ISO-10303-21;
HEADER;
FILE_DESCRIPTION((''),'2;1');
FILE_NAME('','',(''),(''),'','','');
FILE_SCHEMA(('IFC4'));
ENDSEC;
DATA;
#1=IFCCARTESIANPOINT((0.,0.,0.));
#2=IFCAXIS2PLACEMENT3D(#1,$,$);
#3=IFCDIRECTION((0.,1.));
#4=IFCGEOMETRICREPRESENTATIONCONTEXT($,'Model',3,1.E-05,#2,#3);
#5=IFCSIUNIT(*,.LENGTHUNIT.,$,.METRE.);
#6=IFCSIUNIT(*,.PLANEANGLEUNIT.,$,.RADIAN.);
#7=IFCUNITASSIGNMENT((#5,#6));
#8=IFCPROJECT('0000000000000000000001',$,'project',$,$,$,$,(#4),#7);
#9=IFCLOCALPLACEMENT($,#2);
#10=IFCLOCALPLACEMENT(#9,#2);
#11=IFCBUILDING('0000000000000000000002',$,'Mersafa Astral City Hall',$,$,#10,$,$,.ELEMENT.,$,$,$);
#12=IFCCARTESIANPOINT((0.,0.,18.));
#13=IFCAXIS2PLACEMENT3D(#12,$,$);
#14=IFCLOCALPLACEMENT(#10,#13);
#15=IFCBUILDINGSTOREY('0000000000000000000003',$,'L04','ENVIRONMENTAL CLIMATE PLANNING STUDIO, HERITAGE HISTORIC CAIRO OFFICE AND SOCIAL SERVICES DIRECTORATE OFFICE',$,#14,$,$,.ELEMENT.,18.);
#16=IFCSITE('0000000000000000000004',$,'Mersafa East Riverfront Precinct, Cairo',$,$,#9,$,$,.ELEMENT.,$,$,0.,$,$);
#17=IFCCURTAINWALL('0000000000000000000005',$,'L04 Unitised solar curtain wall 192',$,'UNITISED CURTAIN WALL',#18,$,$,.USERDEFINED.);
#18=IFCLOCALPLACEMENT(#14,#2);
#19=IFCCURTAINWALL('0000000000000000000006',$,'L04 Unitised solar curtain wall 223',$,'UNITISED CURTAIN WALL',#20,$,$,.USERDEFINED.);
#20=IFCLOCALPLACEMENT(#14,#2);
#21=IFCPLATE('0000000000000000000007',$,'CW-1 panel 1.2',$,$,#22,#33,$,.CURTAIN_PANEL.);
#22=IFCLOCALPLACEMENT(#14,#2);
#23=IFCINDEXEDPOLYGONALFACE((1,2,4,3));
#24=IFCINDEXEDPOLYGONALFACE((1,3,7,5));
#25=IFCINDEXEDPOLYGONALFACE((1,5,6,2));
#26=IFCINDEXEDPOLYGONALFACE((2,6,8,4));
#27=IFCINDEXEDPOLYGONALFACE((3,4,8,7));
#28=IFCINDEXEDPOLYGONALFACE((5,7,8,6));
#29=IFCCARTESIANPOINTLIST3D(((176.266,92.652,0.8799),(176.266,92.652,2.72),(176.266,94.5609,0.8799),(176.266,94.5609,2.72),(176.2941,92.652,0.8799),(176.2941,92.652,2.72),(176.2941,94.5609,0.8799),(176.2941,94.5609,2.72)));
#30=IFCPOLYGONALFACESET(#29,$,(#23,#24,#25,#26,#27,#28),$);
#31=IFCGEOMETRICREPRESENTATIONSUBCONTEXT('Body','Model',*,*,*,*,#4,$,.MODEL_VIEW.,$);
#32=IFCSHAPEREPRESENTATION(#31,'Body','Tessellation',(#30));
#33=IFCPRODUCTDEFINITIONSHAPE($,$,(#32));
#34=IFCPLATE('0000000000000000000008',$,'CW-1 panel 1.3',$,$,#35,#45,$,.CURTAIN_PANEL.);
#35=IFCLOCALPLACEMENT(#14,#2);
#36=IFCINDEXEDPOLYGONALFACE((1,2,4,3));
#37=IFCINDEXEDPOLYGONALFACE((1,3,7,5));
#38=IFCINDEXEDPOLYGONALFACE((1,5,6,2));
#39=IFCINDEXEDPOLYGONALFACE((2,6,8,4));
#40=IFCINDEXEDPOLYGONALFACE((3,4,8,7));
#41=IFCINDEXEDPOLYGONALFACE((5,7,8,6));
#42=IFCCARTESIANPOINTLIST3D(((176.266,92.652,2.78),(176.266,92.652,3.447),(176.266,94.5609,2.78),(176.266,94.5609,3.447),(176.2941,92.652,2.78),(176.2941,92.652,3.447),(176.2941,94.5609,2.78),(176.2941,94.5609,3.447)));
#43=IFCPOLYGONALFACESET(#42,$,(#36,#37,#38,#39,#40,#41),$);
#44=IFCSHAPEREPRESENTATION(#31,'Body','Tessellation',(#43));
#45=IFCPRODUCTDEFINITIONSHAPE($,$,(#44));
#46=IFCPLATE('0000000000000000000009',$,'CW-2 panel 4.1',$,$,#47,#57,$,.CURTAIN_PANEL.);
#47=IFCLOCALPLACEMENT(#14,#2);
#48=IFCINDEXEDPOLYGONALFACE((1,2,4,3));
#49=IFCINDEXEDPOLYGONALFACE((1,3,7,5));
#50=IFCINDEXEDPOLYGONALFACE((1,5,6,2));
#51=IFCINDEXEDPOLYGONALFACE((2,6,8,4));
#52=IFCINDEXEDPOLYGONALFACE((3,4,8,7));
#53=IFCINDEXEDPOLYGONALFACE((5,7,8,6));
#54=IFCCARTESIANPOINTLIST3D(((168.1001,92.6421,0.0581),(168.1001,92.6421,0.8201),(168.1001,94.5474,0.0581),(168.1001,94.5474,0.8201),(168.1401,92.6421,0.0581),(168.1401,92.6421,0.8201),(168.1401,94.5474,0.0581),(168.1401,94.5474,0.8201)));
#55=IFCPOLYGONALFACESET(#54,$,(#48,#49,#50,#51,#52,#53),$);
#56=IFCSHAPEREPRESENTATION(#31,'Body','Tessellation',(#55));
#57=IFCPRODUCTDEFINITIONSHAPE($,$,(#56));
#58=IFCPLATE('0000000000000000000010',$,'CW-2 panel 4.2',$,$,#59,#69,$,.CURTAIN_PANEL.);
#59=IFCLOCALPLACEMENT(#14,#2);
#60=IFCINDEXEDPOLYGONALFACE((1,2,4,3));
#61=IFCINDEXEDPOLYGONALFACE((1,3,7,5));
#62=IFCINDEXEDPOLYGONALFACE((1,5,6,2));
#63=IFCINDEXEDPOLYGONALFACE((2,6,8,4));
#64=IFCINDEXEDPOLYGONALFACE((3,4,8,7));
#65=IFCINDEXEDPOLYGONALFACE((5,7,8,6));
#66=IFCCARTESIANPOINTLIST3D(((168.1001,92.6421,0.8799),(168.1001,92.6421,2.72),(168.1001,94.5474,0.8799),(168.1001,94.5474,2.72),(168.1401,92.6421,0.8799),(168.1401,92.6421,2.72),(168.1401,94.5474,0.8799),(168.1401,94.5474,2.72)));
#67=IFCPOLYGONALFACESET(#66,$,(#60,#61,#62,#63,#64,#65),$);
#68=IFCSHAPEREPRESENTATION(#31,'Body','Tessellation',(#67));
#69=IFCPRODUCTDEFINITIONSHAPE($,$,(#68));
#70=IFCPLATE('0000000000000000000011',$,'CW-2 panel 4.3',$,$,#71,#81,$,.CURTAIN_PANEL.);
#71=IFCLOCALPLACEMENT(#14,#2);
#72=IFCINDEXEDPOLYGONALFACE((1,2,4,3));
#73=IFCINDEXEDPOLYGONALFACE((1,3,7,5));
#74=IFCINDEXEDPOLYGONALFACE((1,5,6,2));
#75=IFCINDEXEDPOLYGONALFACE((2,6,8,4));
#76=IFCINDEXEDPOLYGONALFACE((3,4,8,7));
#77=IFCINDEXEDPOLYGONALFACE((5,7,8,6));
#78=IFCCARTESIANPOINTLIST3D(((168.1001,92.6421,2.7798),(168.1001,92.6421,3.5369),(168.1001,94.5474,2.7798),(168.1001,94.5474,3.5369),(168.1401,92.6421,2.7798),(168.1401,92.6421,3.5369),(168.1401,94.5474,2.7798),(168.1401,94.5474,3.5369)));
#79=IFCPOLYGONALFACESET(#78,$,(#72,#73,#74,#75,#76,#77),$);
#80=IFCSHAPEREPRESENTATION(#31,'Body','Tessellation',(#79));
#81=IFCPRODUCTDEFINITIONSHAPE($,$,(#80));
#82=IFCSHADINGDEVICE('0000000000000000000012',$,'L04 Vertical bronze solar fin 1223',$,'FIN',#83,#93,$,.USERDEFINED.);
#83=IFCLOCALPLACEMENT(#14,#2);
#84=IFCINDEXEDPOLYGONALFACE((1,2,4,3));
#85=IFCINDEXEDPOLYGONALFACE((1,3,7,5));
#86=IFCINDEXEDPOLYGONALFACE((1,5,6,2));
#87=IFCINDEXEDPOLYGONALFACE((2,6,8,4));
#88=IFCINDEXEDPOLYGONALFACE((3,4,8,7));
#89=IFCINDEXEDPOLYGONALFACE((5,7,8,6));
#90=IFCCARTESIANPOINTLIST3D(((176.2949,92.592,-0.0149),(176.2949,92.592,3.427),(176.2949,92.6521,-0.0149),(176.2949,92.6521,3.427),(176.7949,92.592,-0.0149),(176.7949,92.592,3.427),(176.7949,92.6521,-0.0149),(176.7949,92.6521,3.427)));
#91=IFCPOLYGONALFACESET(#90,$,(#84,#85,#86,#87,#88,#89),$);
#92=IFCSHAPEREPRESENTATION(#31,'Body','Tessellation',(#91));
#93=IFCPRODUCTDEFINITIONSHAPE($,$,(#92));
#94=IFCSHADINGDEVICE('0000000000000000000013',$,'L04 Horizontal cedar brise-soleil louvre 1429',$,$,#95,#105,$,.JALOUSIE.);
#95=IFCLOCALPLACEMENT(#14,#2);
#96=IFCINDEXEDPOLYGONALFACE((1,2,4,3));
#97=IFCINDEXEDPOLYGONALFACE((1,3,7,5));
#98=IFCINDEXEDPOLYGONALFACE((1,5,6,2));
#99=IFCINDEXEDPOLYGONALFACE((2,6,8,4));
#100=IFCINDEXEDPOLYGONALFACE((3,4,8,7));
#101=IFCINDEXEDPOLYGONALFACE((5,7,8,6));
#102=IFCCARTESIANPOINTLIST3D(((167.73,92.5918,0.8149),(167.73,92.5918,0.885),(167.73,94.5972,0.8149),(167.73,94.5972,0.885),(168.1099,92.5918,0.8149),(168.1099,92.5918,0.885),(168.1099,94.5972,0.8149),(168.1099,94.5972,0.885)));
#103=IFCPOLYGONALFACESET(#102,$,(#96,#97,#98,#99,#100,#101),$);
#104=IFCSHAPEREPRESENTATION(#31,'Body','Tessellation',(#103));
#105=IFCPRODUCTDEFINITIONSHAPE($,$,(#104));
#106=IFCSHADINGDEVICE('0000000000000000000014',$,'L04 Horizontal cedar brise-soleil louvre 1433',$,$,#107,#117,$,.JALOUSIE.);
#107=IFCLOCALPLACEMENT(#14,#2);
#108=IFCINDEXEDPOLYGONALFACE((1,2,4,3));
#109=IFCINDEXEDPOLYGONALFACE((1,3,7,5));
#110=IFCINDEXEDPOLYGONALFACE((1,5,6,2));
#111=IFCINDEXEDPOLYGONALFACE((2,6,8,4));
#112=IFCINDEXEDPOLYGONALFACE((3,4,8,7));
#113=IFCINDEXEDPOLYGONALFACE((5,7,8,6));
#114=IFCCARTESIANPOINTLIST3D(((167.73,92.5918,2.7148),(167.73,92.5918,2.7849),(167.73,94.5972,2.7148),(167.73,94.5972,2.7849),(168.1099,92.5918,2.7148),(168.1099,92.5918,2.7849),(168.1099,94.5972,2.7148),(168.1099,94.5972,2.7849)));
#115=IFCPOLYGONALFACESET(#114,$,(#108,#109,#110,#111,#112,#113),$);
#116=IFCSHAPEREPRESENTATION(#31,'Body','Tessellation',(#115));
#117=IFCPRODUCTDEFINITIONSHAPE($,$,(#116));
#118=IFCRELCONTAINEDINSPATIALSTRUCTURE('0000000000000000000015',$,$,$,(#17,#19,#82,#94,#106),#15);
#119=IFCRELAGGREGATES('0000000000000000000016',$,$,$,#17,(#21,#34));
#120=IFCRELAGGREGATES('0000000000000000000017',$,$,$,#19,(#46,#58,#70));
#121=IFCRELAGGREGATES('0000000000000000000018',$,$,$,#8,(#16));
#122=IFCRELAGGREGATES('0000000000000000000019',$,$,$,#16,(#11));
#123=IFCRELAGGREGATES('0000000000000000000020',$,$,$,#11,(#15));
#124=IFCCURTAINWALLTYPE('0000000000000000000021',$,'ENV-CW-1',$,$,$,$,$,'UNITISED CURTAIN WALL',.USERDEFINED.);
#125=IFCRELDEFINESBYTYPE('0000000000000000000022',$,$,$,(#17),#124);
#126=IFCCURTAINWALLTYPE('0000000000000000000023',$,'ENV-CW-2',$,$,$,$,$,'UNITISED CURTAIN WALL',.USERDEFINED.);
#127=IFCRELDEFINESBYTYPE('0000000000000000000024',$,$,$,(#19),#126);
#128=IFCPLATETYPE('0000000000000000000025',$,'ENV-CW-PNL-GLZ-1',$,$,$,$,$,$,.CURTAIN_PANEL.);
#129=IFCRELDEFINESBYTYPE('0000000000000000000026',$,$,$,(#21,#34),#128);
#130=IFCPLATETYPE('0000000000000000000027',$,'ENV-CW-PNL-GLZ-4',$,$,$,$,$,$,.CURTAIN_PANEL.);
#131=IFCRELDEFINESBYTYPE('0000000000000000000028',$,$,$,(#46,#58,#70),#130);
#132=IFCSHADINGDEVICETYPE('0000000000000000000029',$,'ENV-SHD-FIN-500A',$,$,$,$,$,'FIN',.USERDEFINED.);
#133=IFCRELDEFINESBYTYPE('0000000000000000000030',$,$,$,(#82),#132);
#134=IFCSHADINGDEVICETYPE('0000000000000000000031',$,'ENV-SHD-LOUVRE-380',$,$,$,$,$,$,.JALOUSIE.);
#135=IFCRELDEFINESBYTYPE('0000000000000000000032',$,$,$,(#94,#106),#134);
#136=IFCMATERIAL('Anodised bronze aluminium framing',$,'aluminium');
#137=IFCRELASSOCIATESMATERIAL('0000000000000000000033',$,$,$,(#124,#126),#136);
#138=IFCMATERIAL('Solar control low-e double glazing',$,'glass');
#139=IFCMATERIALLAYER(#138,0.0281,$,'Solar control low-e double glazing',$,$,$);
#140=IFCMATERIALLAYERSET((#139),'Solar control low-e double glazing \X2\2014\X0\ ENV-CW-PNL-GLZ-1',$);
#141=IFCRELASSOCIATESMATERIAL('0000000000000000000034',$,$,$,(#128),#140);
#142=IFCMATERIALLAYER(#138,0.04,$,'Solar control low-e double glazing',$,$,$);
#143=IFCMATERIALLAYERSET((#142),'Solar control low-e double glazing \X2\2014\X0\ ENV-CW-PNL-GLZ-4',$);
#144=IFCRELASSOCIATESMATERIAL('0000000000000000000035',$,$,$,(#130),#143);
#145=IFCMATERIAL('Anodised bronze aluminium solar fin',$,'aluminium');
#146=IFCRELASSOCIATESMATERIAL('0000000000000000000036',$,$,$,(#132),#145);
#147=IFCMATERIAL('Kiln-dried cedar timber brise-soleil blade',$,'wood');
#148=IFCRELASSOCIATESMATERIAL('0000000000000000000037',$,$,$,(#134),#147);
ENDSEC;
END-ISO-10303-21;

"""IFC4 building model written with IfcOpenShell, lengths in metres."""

from ifc_helpers import new_model, si_unit, direction, frame, origin, origin_2d, place, context, subcontext, project, spatial, rectangle, extrude, material, layer, layer_set, type_object, element, aggregate, save


model = new_model("IFC4")

# Units and contexts
model_context = context("Model", 3, precision=1e-05, world=origin(), true_north=direction((0.0, 1.0)))
body_context = subcontext(model_context, "Body", "Model", "MODEL_VIEW")
ifc_project = project(units=[si_unit("LENGTHUNIT", "METRE"), si_unit("PLANEANGLEUNIT", "RADIAN")], contexts=[model_context])

# Site, building, storey
site_placement = place(None, origin())
site = spatial("IfcSite", under=ifc_project, at=site_placement, Name="Mersafa East Riverfront Precinct, Cairo", CompositionType="ELEMENT", RefElevation=0.0)
building_placement = place(site_placement, origin())
building = spatial("IfcBuilding", under=site, at=building_placement, Name="Mersafa Astral City Hall", CompositionType="ELEMENT")
storey_placement = place(building_placement, frame((0.0, 0.0, 18.0)))
storey = spatial("IfcBuildingStorey", under=building, at=storey_placement, Name="L04", Description="ENVIRONMENTAL CLIMATE PLANNING STUDIO, HERITAGE HISTORIC CAIRO OFFICE AND SOCIAL SERVICES DIRECTORATE OFFICE", CompositionType="ELEMENT", Elevation=18.0)

# Curtain wall
ifc_material_1 = material(Name="Anodised bronze aluminium framing", Category="aluminium")
curtain_wall_type_1 = type_object("IfcCurtainWallType", Name="ENV-CW-1", ElementType="UNITISED CURTAIN WALL", PredefinedType="USERDEFINED", material=ifc_material_1)
curtain_wall_1_placement = place(storey_placement, origin())
curtain_wall_1 = element("IfcCurtainWall", 1, at=curtain_wall_1_placement, inside=storey, type_object=curtain_wall_type_1, Name="L04 Unitised solar curtain wall 192", ObjectType="UNITISED CURTAIN WALL", PredefinedType="USERDEFINED")

# Curtain wall
curtain_wall_type_2 = type_object("IfcCurtainWallType", Name="ENV-CW-2", ElementType="UNITISED CURTAIN WALL", PredefinedType="USERDEFINED", material=ifc_material_1)
curtain_wall_2_placement = place(storey_placement, origin())
curtain_wall_2 = element("IfcCurtainWall", 2, at=curtain_wall_2_placement, inside=storey, type_object=curtain_wall_type_2, Name="L04 Unitised solar curtain wall 223", ObjectType="UNITISED CURTAIN WALL", PredefinedType="USERDEFINED")

# Plates
ifc_material_2 = material(Name="Solar control low-e double glazing", Category="glass")
ifc_layer_1 = layer(ifc_material_2, 0.0281, Name="Solar control low-e double glazing")
ifc_layer_set_1 = layer_set([ifc_layer_1], Name="Solar control low-e double glazing — ENV-CW-PNL-GLZ-1")
plate_type_1 = type_object("IfcPlateType", Name="ENV-CW-PNL-GLZ-1", PredefinedType="CURTAIN_PANEL", material=ifc_layer_set_1)
plate_1_placement = place(storey_placement, frame((176.28, 93.6064, 0.8799), z_axis=(0.0, 0.0, 1.0), x_axis=(0.0, 1.0, 0.0)))
plate_1 = element("IfcPlate", 3, at=plate_1_placement, type_object=plate_type_1, Name="CW-1 panel 1.2", PredefinedType="CURTAIN_PANEL", context=body_context, shape_type="SweptSolid", body=[
    extrude(rectangle(XDim=1.9089, YDim=0.0281, at=origin_2d()), origin(), (0.0, 0.0, 1.0), 1.8401),
])
plate_2_placement = place(storey_placement, frame((176.28, 93.6064, 2.78), z_axis=(0.0, 0.0, 1.0), x_axis=(0.0, 1.0, 0.0)))
plate_2 = element("IfcPlate", 4, at=plate_2_placement, type_object=plate_type_1, Name="CW-1 panel 1.3", PredefinedType="CURTAIN_PANEL", context=body_context, shape_type="SweptSolid", body=[
    extrude(rectangle(XDim=1.9089, YDim=0.0281, at=origin_2d()), origin(), (0.0, 0.0, 1.0), 0.667),
])
aggregate(curtain_wall_1, [plate_1, plate_2])
ifc_layer_2 = layer(ifc_material_2, 0.04, Name="Solar control low-e double glazing")
ifc_layer_set_2 = layer_set([ifc_layer_2], Name="Solar control low-e double glazing — ENV-CW-PNL-GLZ-4")
plate_type_2 = type_object("IfcPlateType", Name="ENV-CW-PNL-GLZ-4", PredefinedType="CURTAIN_PANEL", material=ifc_layer_set_2)
plate_3_placement = place(storey_placement, frame((168.1201, 93.5947, 0.0581), z_axis=(0.0, 0.0, 1.0), x_axis=(0.0, -1.0, 0.0)))
plate_3 = element("IfcPlate", 5, at=plate_3_placement, type_object=plate_type_2, Name="CW-2 panel 4.1", PredefinedType="CURTAIN_PANEL", context=body_context, shape_type="SweptSolid", body=[
    extrude(rectangle(XDim=1.9053, YDim=0.04, at=origin_2d()), origin(), (0.0, 0.0, 1.0), 0.762),
])
plate_4_placement = place(storey_placement, frame((168.1201, 93.5947, 0.8799), z_axis=(0.0, 0.0, 1.0), x_axis=(0.0, -1.0, 0.0)))
plate_4 = element("IfcPlate", 6, at=plate_4_placement, type_object=plate_type_2, Name="CW-2 panel 4.2", PredefinedType="CURTAIN_PANEL", context=body_context, shape_type="SweptSolid", body=[
    extrude(rectangle(XDim=1.9053, YDim=0.04, at=origin_2d()), origin(), (0.0, 0.0, 1.0), 1.8401),
])
plate_5_placement = place(storey_placement, frame((168.1201, 93.5947, 2.7798), z_axis=(0.0, 0.0, 1.0), x_axis=(0.0, -1.0, 0.0)))
plate_5 = element("IfcPlate", 7, at=plate_5_placement, type_object=plate_type_2, Name="CW-2 panel 4.3", PredefinedType="CURTAIN_PANEL", context=body_context, shape_type="SweptSolid", body=[
    extrude(rectangle(XDim=1.9053, YDim=0.04, at=origin_2d()), origin(), (0.0, 0.0, 1.0), 0.7571),
])
aggregate(curtain_wall_2, [plate_3, plate_4, plate_5])

# Shading devices
ifc_material_3 = material(Name="Anodised bronze aluminium solar fin", Category="aluminium")
shading_device_type_1 = type_object("IfcShadingDeviceType", Name="ENV-SHD-FIN-500A", ElementType="FIN", PredefinedType="USERDEFINED", material=ifc_material_3)
shading_device_placement = place(storey_placement, frame((176.5449, 92.6221, -0.0149), z_axis=(0.0, 0.0, 1.0), x_axis=(0.0, 1.0, 0.0)))
element("IfcShadingDevice", 8, at=shading_device_placement, inside=storey, type_object=shading_device_type_1, Name="L04 Vertical bronze solar fin 1223", ObjectType="FIN", PredefinedType="USERDEFINED", context=body_context, shape_type="SweptSolid", body=[
    extrude(rectangle(XDim=0.0601, YDim=0.5, at=origin_2d()), origin(), (0.0, 0.0, 1.0), 3.4419),
])
ifc_material_4 = material(Name="Kiln-dried cedar timber brise-soleil blade", Category="wood")
shading_device_type_2 = type_object("IfcShadingDeviceType", Name="ENV-SHD-LOUVRE-380", PredefinedType="JALOUSIE", material=ifc_material_4)
for number, where, z_axis, x_axis, name in (
    (9, (167.9199, 93.5945, 0.8149), (0.0, 0.0, 1.0), (0.0, -1.0, 0.0), "L04 Horizontal cedar brise-soleil louvre 1429"),
    (10, (167.9199, 93.5945, 2.7148), (0.0, 0.0, 1.0), (0.0, -1.0, 0.0), "L04 Horizontal cedar brise-soleil louvre 1433"),
):
    element("IfcShadingDevice", number, at=place(storey_placement, frame(where, z_axis=z_axis, x_axis=x_axis)), inside=storey, type_object=shading_device_type_2, Name=name, PredefinedType="JALOUSIE", context=body_context, shape_type="SweptSolid", body=[
        extrude(rectangle(XDim=2.0054, YDim=0.3799, at=origin_2d()), origin(), (0.0, 0.0, 1.0), 0.0701),
    ])

save(model, "model.ifc")
